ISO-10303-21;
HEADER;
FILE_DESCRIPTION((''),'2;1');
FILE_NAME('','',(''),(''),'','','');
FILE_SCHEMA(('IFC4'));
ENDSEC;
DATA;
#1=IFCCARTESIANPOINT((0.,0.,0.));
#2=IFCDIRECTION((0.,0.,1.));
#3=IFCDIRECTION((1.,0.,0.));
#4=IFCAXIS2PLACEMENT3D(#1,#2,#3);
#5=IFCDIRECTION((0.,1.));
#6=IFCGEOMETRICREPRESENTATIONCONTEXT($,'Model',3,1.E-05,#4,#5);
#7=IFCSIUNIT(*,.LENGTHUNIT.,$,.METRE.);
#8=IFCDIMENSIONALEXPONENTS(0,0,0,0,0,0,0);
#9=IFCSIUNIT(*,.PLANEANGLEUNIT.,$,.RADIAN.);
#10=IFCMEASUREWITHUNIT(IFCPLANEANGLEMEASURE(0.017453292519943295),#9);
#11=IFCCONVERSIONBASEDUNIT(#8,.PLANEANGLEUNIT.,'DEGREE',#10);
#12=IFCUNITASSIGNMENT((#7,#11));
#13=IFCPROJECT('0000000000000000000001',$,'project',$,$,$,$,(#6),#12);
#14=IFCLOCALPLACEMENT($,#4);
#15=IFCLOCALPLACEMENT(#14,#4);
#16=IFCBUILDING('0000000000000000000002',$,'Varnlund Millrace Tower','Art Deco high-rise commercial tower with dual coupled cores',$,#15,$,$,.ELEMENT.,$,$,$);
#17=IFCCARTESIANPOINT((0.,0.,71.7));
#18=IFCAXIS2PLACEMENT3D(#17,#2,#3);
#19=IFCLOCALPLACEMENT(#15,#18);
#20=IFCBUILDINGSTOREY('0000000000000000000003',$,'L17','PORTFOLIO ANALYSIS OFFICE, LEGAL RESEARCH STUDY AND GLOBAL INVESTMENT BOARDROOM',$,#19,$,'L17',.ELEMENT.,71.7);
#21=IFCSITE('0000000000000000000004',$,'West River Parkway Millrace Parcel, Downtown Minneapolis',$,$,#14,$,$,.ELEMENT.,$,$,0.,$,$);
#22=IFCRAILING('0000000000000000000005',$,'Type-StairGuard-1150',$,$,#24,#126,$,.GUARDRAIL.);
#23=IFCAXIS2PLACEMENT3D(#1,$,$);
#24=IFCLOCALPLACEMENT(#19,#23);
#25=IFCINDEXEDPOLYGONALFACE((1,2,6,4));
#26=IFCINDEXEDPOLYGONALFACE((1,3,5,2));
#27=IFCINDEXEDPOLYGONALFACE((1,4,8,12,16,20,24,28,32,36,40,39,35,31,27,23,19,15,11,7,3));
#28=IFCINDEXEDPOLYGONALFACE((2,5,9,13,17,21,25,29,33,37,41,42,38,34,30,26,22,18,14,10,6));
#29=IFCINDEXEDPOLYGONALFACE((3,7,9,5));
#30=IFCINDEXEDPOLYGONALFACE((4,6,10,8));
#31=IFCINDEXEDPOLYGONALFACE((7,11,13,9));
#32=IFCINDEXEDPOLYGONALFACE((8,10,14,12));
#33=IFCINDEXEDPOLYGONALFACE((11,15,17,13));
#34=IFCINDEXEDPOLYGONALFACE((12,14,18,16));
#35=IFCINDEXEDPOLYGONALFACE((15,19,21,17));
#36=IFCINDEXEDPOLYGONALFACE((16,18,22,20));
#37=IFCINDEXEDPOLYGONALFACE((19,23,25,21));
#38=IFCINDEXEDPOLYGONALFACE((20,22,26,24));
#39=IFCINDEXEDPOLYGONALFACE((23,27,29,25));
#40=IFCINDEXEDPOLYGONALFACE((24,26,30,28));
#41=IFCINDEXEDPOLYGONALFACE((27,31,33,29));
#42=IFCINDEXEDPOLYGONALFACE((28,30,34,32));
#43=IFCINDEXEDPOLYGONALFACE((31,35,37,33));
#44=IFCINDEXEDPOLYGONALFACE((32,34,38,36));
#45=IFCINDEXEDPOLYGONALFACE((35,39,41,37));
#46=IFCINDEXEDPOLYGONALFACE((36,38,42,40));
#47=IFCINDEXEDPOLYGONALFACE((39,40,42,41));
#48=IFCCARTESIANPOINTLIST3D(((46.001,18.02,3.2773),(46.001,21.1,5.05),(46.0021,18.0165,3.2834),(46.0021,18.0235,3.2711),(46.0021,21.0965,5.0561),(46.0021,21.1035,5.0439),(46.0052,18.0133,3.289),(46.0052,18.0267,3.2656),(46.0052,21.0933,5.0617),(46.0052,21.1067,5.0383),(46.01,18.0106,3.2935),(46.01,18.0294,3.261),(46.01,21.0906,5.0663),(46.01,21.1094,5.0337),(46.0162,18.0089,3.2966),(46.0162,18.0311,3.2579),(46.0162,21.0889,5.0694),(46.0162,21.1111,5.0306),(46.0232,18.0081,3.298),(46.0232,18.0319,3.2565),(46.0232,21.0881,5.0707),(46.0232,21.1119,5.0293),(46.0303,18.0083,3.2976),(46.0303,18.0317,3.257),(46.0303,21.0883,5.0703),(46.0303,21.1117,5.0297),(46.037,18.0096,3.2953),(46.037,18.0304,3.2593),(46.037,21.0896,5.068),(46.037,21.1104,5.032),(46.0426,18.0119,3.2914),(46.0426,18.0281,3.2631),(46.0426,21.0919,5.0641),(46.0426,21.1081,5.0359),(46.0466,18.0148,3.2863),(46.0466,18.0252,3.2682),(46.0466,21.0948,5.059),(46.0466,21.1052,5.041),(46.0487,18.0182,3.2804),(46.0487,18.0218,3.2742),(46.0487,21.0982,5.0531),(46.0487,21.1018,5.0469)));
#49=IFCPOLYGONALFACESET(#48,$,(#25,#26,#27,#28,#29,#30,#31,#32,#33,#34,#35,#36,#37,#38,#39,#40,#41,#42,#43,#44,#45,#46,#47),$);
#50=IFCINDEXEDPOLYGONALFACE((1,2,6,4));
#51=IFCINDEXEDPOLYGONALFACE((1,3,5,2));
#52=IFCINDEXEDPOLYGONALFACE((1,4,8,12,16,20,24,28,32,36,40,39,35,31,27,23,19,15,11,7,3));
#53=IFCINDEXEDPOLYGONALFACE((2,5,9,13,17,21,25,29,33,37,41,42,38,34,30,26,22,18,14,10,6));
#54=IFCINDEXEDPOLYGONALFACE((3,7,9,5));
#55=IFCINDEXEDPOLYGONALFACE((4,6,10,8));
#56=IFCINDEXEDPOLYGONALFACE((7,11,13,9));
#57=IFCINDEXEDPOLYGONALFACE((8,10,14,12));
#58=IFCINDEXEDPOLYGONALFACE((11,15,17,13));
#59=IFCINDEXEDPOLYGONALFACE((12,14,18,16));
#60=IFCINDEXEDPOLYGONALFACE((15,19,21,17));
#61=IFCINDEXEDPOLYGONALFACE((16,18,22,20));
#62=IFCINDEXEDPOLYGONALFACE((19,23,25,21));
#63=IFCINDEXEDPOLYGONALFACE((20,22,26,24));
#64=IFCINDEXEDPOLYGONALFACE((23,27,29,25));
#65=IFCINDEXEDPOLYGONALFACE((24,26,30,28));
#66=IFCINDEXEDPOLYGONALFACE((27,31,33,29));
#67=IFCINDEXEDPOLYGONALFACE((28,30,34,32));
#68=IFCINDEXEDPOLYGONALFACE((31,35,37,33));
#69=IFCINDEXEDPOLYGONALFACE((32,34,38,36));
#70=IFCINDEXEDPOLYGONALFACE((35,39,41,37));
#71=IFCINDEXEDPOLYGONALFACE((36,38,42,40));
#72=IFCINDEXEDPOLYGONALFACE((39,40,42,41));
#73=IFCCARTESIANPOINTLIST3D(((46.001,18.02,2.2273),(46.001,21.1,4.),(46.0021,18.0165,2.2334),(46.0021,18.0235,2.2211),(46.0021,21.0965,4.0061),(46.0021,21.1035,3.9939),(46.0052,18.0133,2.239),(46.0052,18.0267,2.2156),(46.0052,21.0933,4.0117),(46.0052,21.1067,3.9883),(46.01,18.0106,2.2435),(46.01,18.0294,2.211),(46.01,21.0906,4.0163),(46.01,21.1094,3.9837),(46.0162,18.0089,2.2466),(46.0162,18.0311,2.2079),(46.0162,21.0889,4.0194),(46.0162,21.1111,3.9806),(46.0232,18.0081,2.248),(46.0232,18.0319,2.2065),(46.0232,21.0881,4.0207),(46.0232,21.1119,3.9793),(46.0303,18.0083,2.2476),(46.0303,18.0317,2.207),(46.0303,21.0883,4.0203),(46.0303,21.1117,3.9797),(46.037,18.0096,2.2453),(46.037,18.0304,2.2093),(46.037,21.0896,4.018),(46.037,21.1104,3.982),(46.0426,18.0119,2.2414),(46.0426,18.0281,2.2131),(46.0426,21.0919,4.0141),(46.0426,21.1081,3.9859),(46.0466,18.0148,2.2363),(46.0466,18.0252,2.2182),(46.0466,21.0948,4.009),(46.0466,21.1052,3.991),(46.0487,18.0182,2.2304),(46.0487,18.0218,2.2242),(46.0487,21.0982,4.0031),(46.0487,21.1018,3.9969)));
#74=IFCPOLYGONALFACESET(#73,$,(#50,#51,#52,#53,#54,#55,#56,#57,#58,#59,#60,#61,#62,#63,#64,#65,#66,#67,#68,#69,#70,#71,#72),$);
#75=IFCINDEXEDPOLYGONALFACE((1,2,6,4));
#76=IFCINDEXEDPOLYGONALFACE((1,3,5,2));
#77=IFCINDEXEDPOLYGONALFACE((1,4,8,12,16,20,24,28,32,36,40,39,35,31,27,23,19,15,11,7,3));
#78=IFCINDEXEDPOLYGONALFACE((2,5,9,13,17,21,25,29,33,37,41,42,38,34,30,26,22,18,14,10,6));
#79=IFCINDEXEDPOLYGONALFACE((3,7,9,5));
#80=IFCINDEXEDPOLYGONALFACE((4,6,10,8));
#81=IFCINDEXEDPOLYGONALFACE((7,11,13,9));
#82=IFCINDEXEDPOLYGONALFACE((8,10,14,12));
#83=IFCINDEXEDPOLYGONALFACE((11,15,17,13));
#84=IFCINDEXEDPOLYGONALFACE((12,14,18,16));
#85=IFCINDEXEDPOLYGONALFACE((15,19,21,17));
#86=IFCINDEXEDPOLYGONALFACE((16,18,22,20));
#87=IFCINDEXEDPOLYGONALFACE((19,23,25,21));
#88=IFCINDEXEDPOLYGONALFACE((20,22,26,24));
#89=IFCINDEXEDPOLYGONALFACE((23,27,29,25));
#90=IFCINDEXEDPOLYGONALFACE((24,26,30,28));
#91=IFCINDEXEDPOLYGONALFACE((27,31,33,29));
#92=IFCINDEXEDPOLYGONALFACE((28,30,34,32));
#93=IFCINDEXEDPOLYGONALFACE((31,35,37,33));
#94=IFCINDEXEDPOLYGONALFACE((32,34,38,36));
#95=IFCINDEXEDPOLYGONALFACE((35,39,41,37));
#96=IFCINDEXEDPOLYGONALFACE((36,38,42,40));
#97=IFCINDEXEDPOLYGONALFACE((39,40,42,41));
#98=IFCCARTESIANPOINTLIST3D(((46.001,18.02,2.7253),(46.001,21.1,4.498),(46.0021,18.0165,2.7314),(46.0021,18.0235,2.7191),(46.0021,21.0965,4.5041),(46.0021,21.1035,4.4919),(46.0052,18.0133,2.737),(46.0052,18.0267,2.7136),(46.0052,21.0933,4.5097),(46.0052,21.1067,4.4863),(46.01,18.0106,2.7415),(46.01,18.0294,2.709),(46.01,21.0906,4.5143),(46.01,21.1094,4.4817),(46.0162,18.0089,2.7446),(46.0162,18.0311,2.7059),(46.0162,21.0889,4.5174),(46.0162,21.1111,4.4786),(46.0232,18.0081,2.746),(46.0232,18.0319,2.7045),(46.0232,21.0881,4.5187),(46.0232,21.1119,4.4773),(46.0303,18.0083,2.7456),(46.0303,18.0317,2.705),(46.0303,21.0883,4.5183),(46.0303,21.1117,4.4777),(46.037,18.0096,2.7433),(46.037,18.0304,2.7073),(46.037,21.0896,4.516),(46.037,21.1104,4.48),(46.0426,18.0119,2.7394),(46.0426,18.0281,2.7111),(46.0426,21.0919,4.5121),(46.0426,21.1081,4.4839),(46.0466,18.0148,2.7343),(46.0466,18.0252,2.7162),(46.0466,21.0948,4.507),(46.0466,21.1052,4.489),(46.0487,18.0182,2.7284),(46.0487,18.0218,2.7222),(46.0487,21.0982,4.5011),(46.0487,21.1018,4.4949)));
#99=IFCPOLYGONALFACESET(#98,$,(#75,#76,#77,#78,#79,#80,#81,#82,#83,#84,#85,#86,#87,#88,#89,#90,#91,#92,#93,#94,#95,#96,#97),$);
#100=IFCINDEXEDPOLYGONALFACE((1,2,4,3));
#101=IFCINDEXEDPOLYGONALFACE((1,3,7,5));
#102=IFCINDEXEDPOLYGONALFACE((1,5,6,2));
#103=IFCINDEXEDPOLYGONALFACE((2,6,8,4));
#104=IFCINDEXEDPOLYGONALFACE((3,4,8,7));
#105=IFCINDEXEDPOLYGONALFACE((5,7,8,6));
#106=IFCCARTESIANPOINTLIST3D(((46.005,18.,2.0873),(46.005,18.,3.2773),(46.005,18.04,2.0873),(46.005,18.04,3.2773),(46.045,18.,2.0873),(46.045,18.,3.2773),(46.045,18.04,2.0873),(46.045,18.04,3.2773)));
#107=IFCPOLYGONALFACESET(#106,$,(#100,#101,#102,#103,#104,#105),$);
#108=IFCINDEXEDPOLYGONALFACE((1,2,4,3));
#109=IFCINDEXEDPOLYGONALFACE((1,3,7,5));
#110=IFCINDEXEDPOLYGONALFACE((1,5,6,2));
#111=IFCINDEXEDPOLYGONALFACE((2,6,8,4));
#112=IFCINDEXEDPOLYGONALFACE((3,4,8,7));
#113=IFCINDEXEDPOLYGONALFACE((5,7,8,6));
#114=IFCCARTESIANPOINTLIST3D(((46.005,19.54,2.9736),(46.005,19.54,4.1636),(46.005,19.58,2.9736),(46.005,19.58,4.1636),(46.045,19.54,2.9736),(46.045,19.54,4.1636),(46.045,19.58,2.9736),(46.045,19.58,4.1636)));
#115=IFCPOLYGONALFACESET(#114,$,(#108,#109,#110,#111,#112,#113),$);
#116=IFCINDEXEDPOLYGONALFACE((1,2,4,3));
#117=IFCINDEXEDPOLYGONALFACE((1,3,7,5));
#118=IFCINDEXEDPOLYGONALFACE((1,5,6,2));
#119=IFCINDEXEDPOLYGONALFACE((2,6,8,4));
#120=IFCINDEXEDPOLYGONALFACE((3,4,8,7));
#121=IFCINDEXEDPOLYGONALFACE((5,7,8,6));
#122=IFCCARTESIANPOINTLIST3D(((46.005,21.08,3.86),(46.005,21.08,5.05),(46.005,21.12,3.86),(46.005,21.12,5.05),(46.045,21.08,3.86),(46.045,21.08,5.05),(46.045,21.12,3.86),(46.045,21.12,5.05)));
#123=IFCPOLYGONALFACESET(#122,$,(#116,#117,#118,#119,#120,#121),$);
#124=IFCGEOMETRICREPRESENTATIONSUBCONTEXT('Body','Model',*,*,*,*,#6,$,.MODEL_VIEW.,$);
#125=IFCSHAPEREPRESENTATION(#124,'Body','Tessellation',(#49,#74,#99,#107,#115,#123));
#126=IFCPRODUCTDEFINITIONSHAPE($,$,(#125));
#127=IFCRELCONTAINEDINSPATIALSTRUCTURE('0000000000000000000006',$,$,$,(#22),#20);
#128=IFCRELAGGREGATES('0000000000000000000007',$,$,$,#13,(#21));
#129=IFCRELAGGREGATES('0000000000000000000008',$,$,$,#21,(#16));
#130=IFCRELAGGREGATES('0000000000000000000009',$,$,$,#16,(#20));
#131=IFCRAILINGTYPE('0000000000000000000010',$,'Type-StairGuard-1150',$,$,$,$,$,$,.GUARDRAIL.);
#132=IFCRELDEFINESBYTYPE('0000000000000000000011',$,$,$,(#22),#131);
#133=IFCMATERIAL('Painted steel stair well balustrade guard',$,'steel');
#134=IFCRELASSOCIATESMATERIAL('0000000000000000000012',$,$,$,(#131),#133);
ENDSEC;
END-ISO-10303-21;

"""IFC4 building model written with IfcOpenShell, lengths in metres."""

from ifc_helpers import new_model, entity, si_unit, converted_unit, direction, frame, origin_with_axes, origin_2d_with_axis, place, context, subcontext, project, spatial, rectangle, circle, extrude, material, type_object, element, save


model = new_model("IFC4")

# Units and contexts
model_context = context("Model", 3, precision=1e-05, world=origin_with_axes(), true_north=direction((0.0, 1.0)))
body_context = subcontext(model_context, "Body", "Model", "MODEL_VIEW")
ifc_project = project(units=[si_unit("LENGTHUNIT", "METRE"), converted_unit("PLANEANGLEUNIT", "DEGREE", entity("IfcPlaneAngleMeasure", 0.017453292519943295), si_unit("PLANEANGLEUNIT", "RADIAN"), dimensions=[0, 0, 0, 0, 0, 0, 0])], contexts=[model_context])

# Site, building, storey
site_placement = place(None, origin_with_axes())
site = spatial("IfcSite", under=ifc_project, at=site_placement, Name="West River Parkway Millrace Parcel, Downtown Minneapolis", CompositionType="ELEMENT", RefElevation=0.0)
building_placement = place(site_placement, origin_with_axes())
building = spatial("IfcBuilding", under=site, at=building_placement, Name="Varnlund Millrace Tower", Description="Art Deco high-rise commercial tower with dual coupled cores", CompositionType="ELEMENT")
storey_placement = place(building_placement, frame((0.0, 0.0, 71.7), z_axis=(0.0, 0.0, 1.0), x_axis=(1.0, 0.0, 0.0)))
storey = spatial("IfcBuildingStorey", under=building, at=storey_placement, Name="L17", Description="PORTFOLIO ANALYSIS OFFICE, LEGAL RESEARCH STUDY AND GLOBAL INVESTMENT BOARDROOM", LongName="L17", CompositionType="ELEMENT", Elevation=71.7)

# Railing
ifc_material_1 = material(Name="Painted steel stair well balustrade guard", Category="steel")
railing_type_1 = type_object("IfcRailingType", Name="Type-StairGuard-1150", PredefinedType="GUARDRAIL", material=ifc_material_1)
railing_1_placement = place(storey_placement, frame((0.0, 0.0, -71.7), z_axis=(0.0, 0.0, 1.0), x_axis=(1.0, 0.0, 0.0)))
element("IfcRailing", 1, at=railing_1_placement, inside=storey, type_object=railing_type_1, Name="Type-StairGuard-1150", PredefinedType="GUARDRAIL", context=body_context, shape_type="SweptSolid", body=[
    extrude(circle(Radius=0.024, at=origin_2d_with_axis()), frame((46.025, 18.02, 74.9773), z_axis=(0.0, 0.866696, 0.498836), x_axis=(-1.0, 0.0, 0.0)), (0.0, 0.0, 1.0), 3.5537),
    extrude(circle(Radius=0.024, at=origin_2d_with_axis()), frame((46.025, 18.02, 73.9273), z_axis=(0.0, 0.866696, 0.498836), x_axis=(-1.0, 0.0, 0.0)), (0.0, 0.0, 1.0), 3.5537),
    extrude(circle(Radius=0.024, at=origin_2d_with_axis()), frame((46.025, 18.02, 74.4253), z_axis=(0.0, 0.866696, 0.498836), x_axis=(-1.0, 0.0, 0.0)), (0.0, 0.0, 1.0), 3.5537),
    extrude(rectangle(XDim=0.04, YDim=0.04, at=origin_2d_with_axis()), frame((46.025, 18.02, 73.7873), z_axis=(0.0, 0.0, 1.0), x_axis=(1.0, 0.0, 0.0)), (0.0, 0.0, 1.0), 1.19),
    extrude(rectangle(XDim=0.04, YDim=0.04, at=origin_2d_with_axis()), frame((46.025, 19.56, 74.6736), z_axis=(0.0, 0.0, 1.0), x_axis=(1.0, 0.0, 0.0)), (0.0, 0.0, 1.0), 1.19),
    extrude(rectangle(XDim=0.04, YDim=0.04, at=origin_2d_with_axis()), frame((46.025, 21.1, 75.56), z_axis=(0.0, 0.0, 1.0), x_axis=(1.0, 0.0, 0.0)), (0.0, 0.0, 1.0), 1.19),
])

save(model, "model.ifc")
